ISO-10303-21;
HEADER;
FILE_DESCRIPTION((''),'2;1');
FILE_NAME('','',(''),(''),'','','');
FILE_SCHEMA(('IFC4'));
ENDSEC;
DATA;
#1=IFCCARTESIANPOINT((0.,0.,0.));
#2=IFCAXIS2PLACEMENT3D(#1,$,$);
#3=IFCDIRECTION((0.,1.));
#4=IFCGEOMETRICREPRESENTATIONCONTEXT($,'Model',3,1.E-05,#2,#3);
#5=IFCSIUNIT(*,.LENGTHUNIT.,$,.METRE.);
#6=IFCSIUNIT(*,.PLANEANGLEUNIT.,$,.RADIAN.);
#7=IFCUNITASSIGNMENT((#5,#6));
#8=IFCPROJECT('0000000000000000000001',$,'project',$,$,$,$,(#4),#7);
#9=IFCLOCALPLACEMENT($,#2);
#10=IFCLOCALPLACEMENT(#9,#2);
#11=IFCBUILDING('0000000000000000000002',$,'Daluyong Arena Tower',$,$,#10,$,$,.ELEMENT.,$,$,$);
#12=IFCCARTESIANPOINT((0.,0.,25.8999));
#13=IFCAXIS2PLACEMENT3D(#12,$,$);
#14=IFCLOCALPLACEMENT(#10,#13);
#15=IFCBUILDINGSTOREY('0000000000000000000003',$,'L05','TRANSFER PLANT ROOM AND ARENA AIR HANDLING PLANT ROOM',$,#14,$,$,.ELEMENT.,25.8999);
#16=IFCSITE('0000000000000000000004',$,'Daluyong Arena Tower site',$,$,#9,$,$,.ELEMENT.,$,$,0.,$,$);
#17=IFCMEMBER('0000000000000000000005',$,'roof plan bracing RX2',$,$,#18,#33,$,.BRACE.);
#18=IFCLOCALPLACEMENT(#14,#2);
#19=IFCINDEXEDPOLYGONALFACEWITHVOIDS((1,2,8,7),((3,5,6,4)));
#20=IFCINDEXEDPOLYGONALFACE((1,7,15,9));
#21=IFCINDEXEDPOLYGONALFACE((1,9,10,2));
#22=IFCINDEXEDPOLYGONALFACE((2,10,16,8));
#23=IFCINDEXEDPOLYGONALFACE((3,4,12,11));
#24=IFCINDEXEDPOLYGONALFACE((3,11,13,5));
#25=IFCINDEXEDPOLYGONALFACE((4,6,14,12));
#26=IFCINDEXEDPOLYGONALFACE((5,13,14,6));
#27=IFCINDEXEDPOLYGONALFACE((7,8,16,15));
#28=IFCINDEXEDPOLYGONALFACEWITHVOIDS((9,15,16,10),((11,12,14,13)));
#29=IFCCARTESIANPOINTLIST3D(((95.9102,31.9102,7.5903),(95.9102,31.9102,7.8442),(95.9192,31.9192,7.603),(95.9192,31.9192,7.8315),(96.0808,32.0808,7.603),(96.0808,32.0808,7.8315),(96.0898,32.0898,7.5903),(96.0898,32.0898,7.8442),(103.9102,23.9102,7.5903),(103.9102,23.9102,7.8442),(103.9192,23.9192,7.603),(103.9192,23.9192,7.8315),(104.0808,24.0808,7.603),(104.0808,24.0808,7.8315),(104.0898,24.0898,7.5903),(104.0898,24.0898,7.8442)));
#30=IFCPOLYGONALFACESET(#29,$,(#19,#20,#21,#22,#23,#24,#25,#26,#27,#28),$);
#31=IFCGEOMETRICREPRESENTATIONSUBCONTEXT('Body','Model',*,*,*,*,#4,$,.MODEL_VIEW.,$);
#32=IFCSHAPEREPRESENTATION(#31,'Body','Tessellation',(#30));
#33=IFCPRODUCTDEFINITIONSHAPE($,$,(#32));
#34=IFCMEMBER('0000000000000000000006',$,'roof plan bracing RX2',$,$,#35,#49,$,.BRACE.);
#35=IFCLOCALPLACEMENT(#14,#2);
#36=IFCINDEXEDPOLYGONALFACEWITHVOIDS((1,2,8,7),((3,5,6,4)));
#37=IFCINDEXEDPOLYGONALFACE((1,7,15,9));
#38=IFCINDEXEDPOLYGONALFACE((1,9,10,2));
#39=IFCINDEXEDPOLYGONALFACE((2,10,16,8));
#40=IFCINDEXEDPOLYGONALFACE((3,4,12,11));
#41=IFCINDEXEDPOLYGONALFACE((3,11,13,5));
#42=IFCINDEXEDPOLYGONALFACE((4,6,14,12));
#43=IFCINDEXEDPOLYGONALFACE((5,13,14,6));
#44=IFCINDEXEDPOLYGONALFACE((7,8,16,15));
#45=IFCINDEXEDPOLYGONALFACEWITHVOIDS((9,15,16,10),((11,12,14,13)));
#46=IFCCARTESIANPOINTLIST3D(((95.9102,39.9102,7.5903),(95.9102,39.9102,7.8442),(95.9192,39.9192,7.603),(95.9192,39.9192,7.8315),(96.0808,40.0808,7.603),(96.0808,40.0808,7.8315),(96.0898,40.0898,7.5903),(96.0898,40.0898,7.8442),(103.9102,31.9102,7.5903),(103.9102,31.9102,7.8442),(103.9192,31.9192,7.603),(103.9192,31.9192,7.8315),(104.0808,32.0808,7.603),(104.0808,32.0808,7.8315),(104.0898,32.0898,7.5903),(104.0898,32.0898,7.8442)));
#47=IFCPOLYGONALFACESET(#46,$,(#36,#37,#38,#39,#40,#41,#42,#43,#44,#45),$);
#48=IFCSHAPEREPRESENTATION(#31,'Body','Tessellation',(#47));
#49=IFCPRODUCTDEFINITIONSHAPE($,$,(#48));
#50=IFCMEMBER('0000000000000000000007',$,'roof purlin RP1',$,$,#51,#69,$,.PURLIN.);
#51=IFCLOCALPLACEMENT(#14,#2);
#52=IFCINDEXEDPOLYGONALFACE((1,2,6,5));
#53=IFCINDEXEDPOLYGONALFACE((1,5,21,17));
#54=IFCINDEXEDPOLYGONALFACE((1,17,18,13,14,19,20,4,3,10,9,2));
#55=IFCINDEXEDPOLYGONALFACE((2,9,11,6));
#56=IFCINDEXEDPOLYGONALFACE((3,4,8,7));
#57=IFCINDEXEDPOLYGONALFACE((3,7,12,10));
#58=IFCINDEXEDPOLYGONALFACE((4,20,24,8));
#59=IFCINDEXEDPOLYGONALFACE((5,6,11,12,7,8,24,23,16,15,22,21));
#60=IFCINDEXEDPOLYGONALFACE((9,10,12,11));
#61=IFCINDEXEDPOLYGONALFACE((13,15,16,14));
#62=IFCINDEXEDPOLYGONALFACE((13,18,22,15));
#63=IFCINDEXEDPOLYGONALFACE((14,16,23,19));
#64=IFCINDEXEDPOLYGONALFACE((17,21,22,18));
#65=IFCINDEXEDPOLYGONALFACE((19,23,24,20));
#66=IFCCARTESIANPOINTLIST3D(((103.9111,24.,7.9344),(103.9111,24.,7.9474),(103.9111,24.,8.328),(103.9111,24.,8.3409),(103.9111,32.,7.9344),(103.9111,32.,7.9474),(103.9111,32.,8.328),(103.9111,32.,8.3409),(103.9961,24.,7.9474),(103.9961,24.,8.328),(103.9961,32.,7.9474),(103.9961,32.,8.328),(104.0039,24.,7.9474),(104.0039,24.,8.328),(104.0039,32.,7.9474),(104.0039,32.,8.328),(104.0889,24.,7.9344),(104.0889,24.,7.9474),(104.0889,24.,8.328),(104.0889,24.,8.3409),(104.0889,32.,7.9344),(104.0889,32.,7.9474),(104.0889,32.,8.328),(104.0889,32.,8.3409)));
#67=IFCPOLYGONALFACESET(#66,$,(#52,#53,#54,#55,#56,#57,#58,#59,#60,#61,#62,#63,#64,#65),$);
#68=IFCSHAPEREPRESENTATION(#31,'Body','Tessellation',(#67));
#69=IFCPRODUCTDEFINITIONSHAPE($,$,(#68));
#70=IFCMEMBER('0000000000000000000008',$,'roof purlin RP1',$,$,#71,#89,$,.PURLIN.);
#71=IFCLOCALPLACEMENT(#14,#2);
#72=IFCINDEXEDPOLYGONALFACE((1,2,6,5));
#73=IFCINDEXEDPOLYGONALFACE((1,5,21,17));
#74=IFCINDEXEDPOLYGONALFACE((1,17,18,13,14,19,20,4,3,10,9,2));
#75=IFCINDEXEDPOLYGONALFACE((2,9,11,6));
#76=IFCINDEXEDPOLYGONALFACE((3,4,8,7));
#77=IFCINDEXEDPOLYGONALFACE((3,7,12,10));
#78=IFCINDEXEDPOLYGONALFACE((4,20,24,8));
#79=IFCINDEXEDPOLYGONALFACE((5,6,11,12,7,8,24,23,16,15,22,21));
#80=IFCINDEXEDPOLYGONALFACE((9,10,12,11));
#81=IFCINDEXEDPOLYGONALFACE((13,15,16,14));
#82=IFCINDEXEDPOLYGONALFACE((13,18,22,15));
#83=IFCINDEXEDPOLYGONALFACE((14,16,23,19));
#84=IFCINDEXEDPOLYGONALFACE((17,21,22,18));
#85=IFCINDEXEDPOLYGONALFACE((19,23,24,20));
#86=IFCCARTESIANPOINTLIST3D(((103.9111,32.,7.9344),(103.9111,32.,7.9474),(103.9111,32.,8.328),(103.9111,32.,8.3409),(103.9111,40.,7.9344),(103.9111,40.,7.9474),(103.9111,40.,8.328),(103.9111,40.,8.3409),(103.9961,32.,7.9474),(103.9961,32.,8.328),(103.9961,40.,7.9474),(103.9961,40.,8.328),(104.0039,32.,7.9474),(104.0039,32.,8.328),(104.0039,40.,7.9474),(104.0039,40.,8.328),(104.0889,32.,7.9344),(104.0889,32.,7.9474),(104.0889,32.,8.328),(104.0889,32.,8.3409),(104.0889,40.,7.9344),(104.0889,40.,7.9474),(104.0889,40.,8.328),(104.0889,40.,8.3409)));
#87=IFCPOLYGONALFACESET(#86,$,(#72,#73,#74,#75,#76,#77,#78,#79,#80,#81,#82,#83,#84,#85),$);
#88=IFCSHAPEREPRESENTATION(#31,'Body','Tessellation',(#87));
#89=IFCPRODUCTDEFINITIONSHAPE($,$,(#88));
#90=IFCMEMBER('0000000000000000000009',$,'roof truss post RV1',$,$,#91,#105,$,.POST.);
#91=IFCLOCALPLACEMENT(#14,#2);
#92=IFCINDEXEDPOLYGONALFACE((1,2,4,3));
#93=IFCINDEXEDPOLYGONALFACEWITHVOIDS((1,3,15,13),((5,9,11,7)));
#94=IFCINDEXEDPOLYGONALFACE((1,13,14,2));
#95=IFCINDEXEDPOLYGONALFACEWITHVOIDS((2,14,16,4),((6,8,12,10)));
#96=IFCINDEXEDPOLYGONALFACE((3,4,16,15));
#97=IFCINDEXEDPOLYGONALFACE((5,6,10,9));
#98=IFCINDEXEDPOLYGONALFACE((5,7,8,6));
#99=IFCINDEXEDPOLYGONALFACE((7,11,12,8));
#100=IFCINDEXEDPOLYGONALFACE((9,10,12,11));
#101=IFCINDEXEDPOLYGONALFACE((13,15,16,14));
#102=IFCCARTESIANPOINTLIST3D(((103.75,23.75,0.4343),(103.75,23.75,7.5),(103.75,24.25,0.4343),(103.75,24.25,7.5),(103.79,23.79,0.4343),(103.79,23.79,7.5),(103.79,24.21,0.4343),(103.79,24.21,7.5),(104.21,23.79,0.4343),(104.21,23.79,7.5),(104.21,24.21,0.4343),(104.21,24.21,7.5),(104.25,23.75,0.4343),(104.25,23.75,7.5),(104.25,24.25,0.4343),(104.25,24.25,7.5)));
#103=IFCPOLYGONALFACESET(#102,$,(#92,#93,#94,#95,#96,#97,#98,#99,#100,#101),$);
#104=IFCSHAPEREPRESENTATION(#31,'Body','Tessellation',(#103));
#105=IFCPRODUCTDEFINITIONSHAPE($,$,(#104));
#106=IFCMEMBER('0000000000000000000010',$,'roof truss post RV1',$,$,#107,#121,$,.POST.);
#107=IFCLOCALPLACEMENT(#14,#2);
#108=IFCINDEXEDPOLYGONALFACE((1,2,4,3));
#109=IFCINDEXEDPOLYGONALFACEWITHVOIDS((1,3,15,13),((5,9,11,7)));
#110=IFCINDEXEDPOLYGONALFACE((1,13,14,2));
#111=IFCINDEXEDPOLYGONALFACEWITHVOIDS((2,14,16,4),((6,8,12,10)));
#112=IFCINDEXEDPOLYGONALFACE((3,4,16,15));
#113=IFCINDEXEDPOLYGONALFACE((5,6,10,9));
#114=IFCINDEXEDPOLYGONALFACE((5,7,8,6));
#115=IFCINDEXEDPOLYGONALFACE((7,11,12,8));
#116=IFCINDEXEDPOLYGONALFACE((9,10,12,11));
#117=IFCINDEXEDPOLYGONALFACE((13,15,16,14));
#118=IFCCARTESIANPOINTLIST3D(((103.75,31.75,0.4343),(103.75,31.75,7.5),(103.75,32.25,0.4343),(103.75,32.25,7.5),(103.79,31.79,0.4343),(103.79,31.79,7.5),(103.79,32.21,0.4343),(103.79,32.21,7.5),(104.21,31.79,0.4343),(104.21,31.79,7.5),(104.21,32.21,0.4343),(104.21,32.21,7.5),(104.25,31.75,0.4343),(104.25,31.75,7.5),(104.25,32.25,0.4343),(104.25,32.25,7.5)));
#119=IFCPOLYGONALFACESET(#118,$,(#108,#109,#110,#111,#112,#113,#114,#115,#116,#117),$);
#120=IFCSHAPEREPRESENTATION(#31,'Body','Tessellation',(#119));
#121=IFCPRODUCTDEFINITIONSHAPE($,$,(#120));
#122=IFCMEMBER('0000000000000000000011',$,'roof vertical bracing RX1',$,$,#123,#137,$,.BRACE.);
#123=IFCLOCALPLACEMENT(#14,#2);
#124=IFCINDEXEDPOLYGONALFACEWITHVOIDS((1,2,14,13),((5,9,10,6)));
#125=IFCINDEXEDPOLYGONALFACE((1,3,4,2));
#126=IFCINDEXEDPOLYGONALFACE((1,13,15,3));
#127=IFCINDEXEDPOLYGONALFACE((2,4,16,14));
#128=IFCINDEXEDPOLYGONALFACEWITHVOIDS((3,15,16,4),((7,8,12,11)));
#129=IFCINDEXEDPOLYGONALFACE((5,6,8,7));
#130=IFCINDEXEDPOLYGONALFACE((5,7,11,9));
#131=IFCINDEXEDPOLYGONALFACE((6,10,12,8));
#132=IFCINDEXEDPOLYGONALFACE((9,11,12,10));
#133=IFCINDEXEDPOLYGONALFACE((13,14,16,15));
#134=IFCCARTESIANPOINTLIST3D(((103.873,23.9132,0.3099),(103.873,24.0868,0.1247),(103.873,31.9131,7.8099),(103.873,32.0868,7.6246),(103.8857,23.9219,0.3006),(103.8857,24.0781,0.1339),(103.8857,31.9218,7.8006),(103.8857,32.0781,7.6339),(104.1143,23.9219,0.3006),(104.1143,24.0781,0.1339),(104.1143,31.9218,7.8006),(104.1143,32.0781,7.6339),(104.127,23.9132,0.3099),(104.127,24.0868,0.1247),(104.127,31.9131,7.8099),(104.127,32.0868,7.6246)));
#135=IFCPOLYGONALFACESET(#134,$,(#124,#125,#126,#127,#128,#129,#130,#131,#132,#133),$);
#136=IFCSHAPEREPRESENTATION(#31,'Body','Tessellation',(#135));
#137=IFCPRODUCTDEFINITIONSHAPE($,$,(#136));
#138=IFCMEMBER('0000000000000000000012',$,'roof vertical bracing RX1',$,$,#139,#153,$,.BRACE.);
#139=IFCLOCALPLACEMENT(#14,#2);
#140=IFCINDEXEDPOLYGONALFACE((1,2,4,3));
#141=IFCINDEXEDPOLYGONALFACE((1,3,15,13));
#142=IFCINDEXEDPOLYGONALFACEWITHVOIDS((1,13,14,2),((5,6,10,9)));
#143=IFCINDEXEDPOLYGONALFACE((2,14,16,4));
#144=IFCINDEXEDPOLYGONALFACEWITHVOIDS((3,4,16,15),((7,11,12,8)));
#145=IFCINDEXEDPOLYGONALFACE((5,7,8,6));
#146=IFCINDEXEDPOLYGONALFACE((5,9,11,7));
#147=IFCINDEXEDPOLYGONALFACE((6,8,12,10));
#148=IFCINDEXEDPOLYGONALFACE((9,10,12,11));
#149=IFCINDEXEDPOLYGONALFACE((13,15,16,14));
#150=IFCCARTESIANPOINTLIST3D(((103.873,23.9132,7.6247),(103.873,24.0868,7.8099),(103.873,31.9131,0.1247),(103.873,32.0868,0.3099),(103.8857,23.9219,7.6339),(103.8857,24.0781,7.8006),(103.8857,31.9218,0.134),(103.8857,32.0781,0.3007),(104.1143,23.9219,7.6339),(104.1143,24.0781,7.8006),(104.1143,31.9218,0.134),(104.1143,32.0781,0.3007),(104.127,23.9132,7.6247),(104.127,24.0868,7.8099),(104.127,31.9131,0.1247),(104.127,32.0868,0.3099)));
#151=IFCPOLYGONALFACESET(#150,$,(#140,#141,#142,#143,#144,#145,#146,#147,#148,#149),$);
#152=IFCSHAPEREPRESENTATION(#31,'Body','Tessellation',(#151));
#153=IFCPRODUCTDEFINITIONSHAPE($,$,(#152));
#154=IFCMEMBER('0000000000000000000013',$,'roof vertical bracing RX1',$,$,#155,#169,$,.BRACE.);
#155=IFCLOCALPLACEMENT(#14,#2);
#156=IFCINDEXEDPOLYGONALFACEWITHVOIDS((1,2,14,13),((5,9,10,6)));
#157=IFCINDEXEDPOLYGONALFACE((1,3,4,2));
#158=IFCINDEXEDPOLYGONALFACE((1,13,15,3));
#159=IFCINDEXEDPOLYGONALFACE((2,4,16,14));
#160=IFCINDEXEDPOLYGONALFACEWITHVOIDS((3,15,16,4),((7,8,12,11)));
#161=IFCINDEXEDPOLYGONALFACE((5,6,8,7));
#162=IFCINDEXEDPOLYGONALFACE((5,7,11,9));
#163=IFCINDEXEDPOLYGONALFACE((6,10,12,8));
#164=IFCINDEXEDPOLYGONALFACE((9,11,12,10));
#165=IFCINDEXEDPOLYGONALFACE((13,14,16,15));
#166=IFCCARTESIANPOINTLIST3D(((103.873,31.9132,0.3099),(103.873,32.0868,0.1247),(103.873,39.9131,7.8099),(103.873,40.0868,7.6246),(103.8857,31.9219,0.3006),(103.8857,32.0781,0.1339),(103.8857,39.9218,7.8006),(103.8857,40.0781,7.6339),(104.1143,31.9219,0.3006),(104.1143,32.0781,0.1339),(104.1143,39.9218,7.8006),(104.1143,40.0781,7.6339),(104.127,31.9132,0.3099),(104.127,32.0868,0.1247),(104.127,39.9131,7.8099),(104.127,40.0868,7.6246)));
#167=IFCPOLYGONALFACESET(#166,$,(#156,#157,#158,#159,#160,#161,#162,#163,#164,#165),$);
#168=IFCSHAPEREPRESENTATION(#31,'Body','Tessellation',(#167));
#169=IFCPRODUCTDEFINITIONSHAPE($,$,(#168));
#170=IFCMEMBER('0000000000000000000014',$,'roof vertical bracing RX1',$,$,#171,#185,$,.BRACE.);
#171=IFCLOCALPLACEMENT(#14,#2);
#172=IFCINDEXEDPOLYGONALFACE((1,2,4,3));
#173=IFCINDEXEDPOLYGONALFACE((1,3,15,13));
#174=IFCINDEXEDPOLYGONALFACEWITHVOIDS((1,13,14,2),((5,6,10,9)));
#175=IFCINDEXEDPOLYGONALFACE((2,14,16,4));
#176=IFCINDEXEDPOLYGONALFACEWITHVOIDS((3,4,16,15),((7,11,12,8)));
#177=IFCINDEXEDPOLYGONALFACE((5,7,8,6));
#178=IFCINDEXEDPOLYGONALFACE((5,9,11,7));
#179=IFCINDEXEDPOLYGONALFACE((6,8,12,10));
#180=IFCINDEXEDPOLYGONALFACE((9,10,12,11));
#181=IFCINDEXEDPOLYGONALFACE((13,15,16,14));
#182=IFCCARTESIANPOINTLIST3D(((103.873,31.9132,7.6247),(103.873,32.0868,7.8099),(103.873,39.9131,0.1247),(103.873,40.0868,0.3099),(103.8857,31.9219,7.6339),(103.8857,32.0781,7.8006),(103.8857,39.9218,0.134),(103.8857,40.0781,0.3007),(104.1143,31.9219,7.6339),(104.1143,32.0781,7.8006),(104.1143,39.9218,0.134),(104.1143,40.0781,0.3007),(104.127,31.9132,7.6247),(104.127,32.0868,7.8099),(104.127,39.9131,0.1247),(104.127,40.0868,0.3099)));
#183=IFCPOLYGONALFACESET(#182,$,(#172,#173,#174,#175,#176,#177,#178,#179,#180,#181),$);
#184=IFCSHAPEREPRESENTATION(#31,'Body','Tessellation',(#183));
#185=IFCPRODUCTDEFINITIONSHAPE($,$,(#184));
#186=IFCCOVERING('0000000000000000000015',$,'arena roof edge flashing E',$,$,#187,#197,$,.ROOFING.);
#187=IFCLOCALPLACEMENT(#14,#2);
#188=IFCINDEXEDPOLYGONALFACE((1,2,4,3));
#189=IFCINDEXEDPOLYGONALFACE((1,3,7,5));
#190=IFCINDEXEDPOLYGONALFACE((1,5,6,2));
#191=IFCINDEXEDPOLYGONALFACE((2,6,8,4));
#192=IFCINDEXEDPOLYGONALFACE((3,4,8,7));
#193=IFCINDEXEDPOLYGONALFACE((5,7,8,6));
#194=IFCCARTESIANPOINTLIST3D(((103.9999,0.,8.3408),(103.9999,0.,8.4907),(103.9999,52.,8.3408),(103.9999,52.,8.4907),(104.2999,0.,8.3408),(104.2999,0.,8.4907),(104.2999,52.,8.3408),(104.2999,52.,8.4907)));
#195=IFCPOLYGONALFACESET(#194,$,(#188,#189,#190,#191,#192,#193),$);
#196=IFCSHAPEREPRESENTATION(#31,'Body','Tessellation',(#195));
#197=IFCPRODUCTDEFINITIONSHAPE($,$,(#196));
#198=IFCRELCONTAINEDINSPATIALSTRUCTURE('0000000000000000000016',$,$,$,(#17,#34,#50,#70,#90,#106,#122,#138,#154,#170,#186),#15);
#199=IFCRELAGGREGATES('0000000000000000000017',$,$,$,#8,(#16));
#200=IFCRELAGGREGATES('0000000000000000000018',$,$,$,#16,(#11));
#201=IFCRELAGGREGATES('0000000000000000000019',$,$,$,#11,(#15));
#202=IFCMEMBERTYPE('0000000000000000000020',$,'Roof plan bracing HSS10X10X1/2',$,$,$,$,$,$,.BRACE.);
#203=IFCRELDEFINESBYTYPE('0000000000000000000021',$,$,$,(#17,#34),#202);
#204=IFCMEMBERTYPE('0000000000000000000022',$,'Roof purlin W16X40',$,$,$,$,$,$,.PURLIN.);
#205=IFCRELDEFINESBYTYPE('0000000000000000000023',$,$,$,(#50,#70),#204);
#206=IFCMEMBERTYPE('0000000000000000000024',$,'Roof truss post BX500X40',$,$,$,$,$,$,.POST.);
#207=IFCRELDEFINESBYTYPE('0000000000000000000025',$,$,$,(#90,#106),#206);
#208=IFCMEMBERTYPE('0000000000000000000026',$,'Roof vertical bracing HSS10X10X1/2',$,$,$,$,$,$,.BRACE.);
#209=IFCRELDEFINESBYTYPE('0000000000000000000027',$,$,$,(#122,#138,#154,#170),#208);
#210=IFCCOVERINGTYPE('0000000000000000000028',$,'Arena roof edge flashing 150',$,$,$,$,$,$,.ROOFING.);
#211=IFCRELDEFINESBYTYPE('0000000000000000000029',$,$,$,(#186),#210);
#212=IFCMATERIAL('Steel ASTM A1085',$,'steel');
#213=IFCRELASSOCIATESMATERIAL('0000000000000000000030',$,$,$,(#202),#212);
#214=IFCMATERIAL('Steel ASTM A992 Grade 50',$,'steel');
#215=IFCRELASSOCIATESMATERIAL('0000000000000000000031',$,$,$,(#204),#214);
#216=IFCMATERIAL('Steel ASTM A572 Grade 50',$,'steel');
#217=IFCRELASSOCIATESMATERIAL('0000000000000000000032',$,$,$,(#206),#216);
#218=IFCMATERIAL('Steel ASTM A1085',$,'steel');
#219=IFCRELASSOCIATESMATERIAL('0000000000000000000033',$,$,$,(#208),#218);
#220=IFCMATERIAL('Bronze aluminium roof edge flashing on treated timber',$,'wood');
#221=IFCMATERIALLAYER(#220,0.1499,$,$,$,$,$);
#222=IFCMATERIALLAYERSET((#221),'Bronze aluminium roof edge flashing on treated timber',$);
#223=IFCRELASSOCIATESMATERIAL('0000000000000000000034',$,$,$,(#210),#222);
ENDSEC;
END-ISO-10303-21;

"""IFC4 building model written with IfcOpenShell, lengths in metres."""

from ifc_helpers import new_model, si_unit, direction, frame, origin, origin_2d, place, context, subcontext, project, spatial, rectangle, hollow_rectangle, i_section, extrude, material, layer, layer_set, material_profile, profile_set, type_object, element, save


model = new_model("IFC4")

# Units and contexts
model_context = context("Model", 3, precision=1e-05, world=origin(), true_north=direction((0.0, 1.0)))
body_context = subcontext(model_context, "Body", "Model", "MODEL_VIEW")
ifc_project = project(units=[si_unit("LENGTHUNIT", "METRE"), si_unit("PLANEANGLEUNIT", "RADIAN")], contexts=[model_context])

# Site, building, storey
site_placement = place(None, origin())
site = spatial("IfcSite", under=ifc_project, at=site_placement, Name="Daluyong Arena Tower site", CompositionType="ELEMENT", RefElevation=0.0)
building_placement = place(site_placement, origin())
building = spatial("IfcBuilding", under=site, at=building_placement, Name="Daluyong Arena Tower", CompositionType="ELEMENT")
storey_placement = place(building_placement, frame((0.0, 0.0, 25.8999)))
storey = spatial("IfcBuildingStorey", under=building, at=storey_placement, Name="L05", Description="TRANSFER PLANT ROOM AND ARENA AIR HANDLING PLANT ROOM", CompositionType="ELEMENT", Elevation=25.8999)

# Members
ifc_material_1 = material(Name="Steel ASTM A1085", Category="steel")
ifc_material_profile_1 = material_profile(ifc_material_1, hollow_rectangle(XDim=0.2539, YDim=0.2539, WallThickness=0.0127, at=origin_2d()))
ifc_profile_set_1 = profile_set([ifc_material_profile_1], Name="Steel ASTM A1085")
member_type_1 = type_object("IfcMemberType", Name="Roof plan bracing HSS10X10X1/2", PredefinedType="BRACE", material=ifc_profile_set_1)
for number, where, z_axis, x_axis, name in (
    (1, (104.0, 24.0, 7.7173), (-0.707107, 0.707107, 0.0), (-0.707107, -0.707107, 0.0), "roof plan bracing RX2"),
    (2, (104.0, 32.0, 7.7173), (-0.707107, 0.707107, 0.0), (-0.707107, -0.707107, 0.0), "roof plan bracing RX2"),
):
    element("IfcMember", number, at=place(storey_placement, frame(where, z_axis=z_axis, x_axis=x_axis)), inside=storey, type_object=member_type_1, Name=name, PredefinedType="BRACE", context=body_context, shape_type="SweptSolid", body=[
        extrude(hollow_rectangle(XDim=0.2539, YDim=0.2539, WallThickness=0.0127, at=origin_2d()), origin(), (0.0, 0.0, 1.0), 11.3137),
    ])
ifc_material_2 = material(Name="Steel ASTM A992 Grade 50", Category="steel")
ifc_material_profile_2 = material_profile(ifc_material_2, i_section(OverallWidth=0.1777, OverallDepth=0.4065, WebThickness=0.0078, FlangeThickness=0.0129, at=origin_2d()))
ifc_profile_set_2 = profile_set([ifc_material_profile_2], Name="Steel ASTM A992 Grade 50")
member_type_2 = type_object("IfcMemberType", Name="Roof purlin W16X40", PredefinedType="PURLIN", material=ifc_profile_set_2)
for number, where, z_axis, x_axis, name in (
    (3, (104.0, 24.0, 8.1377), (0.0, 1.0, 0.0), (-1.0, 0.0, 0.0), "roof purlin RP1"),
    (4, (104.0, 32.0, 8.1377), (0.0, 1.0, 0.0), (-1.0, 0.0, 0.0), "roof purlin RP1"),
):
    element("IfcMember", number, at=place(storey_placement, frame(where, z_axis=z_axis, x_axis=x_axis)), inside=storey, type_object=member_type_2, Name=name, PredefinedType="PURLIN", context=body_context, shape_type="SweptSolid", body=[
        extrude(i_section(OverallWidth=0.1777, OverallDepth=0.4065, WebThickness=0.0078, FlangeThickness=0.0129, at=origin_2d()), origin(), (0.0, 0.0, 1.0), 8.0),
    ])
ifc_material_3 = material(Name="Steel ASTM A572 Grade 50", Category="steel")
ifc_material_profile_3 = material_profile(ifc_material_3, hollow_rectangle(XDim=0.5, YDim=0.5, WallThickness=0.04, at=origin_2d()))
ifc_profile_set_3 = profile_set([ifc_material_profile_3], Name="Steel ASTM A572 Grade 50")
member_type_3 = type_object("IfcMemberType", Name="Roof truss post BX500X40", PredefinedType="POST", material=ifc_profile_set_3)
for number, where, z_axis, x_axis, name in (
    (5, (104.0, 24.0, 0.4343), (0.0, 0.0, 1.0), (1.0, 0.0, 0.0), "roof truss post RV1"),
    (6, (104.0, 32.0, 0.4343), (0.0, 0.0, 1.0), (1.0, 0.0, 0.0), "roof truss post RV1"),
):
    element("IfcMember", number, at=place(storey_placement, frame(where, z_axis=z_axis, x_axis=x_axis)), inside=storey, type_object=member_type_3, Name=name, PredefinedType="POST", context=body_context, shape_type="SweptSolid", body=[
        extrude(hollow_rectangle(XDim=0.5, YDim=0.5, WallThickness=0.04, at=origin_2d()), origin(), (0.0, 0.0, 1.0), 7.0657),
    ])
ifc_material_4 = material(Name="Steel ASTM A1085", Category="steel")
ifc_material_profile_4 = material_profile(ifc_material_4, hollow_rectangle(XDim=0.2539, YDim=0.2539, WallThickness=0.0127, at=origin_2d()))
ifc_profile_set_4 = profile_set([ifc_material_profile_4], Name="Steel ASTM A1085")
member_type_4 = type_object("IfcMemberType", Name="Roof vertical bracing HSS10X10X1/2", PredefinedType="BRACE", material=ifc_profile_set_4)
for number, where, z_axis, x_axis, name in (
    (7, (104.0, 24.0, 0.2173), (0.0, 0.729537, 0.683941), (-1.0, 0.0, 0.0), "roof vertical bracing RX1"),
    (8, (104.0, 24.0, 7.7173), (0.0, 0.729537, -0.683941), (-1.0, 0.0, 0.0), "roof vertical bracing RX1"),
    (9, (104.0, 32.0, 0.2173), (0.0, 0.729537, 0.683941), (-1.0, 0.0, 0.0), "roof vertical bracing RX1"),
    (10, (104.0, 32.0, 7.7173), (0.0, 0.729537, -0.683941), (-1.0, 0.0, 0.0), "roof vertical bracing RX1"),
):
    element("IfcMember", number, at=place(storey_placement, frame(where, z_axis=z_axis, x_axis=x_axis)), inside=storey, type_object=member_type_4, Name=name, PredefinedType="BRACE", context=body_context, shape_type="SweptSolid", body=[
        extrude(hollow_rectangle(XDim=0.2539, YDim=0.2539, WallThickness=0.0127, at=origin_2d()), origin(), (0.0, 0.0, 1.0), 10.9658),
    ])

# Covering
ifc_material_5 = material(Name="Bronze aluminium roof edge flashing on treated timber", Category="wood")
ifc_layer = layer(ifc_material_5, 0.1499)
ifc_layer_set = layer_set([ifc_layer], Name="Bronze aluminium roof edge flashing on treated timber")
covering_type = type_object("IfcCoveringType", Name="Arena roof edge flashing 150", PredefinedType="ROOFING", material=ifc_layer_set)
covering_placement = place(storey_placement, frame((104.1499, 26.0, 8.3408), z_axis=(0.0, 0.0, 1.0), x_axis=(1.0, 0.0, 0.0)))
element("IfcCovering", 11, at=covering_placement, inside=storey, type_object=covering_type, Name="arena roof edge flashing E", PredefinedType="ROOFING", context=body_context, shape_type="SweptSolid", body=[
    extrude(rectangle(XDim=0.3, YDim=52.0, at=origin_2d()), origin(), (0.0, 0.0, 1.0), 0.1499),
])

save(model, "model.ifc")
